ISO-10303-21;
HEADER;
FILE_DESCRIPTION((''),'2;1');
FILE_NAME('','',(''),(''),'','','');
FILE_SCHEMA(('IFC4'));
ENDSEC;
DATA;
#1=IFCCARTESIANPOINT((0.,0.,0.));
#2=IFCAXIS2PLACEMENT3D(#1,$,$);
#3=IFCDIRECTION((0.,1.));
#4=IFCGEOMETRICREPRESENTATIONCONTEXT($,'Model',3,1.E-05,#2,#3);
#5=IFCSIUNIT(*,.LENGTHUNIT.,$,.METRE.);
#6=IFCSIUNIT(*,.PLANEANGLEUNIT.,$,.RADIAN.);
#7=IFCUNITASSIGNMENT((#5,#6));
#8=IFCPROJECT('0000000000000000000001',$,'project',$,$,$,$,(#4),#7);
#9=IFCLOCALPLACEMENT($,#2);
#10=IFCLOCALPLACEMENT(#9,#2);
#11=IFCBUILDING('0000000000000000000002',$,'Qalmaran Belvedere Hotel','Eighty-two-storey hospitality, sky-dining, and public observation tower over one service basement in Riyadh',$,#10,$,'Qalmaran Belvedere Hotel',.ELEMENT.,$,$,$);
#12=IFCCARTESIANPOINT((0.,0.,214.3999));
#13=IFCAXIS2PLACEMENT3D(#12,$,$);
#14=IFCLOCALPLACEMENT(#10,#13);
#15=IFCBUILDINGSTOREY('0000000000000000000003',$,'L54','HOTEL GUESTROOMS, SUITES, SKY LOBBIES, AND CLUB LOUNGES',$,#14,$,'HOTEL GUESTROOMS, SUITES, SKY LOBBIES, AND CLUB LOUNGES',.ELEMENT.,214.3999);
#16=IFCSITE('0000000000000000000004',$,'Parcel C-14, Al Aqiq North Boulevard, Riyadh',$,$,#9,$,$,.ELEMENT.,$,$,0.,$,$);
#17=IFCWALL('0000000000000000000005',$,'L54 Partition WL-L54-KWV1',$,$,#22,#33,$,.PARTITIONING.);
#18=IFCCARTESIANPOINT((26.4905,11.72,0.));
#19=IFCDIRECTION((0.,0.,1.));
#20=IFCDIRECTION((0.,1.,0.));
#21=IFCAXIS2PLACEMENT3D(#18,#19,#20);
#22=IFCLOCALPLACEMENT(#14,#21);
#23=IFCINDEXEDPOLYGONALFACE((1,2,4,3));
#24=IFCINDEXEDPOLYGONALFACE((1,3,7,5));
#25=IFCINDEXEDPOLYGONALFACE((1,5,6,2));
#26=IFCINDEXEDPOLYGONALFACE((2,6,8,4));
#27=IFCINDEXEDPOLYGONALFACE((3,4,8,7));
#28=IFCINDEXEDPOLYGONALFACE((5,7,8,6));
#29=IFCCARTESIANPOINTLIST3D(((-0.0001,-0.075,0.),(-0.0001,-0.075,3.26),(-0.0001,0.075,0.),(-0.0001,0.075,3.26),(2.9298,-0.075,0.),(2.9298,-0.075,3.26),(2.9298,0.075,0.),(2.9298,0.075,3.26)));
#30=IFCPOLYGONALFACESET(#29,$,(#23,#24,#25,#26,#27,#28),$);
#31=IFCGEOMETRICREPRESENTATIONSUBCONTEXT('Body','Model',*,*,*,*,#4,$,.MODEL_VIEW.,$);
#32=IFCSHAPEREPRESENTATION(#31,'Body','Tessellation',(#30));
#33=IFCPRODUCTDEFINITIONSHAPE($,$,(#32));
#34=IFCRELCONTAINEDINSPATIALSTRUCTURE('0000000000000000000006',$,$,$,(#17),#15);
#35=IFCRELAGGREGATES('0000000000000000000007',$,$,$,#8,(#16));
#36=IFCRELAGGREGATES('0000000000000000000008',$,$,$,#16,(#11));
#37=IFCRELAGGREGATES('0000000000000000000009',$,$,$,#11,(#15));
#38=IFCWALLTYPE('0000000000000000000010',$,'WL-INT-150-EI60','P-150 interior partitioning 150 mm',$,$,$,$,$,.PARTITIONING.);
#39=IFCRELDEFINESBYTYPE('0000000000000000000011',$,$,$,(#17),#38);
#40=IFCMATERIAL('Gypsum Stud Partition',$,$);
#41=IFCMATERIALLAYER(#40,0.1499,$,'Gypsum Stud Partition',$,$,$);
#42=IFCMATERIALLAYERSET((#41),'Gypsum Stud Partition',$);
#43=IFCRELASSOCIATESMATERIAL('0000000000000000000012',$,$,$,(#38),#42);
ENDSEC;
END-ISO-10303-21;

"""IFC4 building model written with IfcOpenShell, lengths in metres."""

from ifc_helpers import new_model, si_unit, direction, frame, frame_2d, origin, place, context, subcontext, project, spatial, rectangle, extrude, material, layer, layer_set, type_object, element, save


model = new_model("IFC4")

# Units and contexts
model_context = context("Model", 3, precision=1e-05, world=origin(), true_north=direction((0.0, 1.0)))
body_context = subcontext(model_context, "Body", "Model", "MODEL_VIEW")
ifc_project = project(units=[si_unit("LENGTHUNIT", "METRE"), si_unit("PLANEANGLEUNIT", "RADIAN")], contexts=[model_context])

# Site, building, storey
site_placement = place(None, origin())
site = spatial("IfcSite", under=ifc_project, at=site_placement, Name="Parcel C-14, Al Aqiq North Boulevard, Riyadh", CompositionType="ELEMENT", RefElevation=0.0)
building_placement = place(site_placement, origin())
building = spatial("IfcBuilding", under=site, at=building_placement, Name="Qalmaran Belvedere Hotel", Description="Eighty-two-storey hospitality, sky-dining, and public observation tower over one service basement in Riyadh", LongName="Qalmaran Belvedere Hotel", CompositionType="ELEMENT")
storey_placement = place(building_placement, frame((0.0, 0.0, 214.3999)))
storey = spatial("IfcBuildingStorey", under=building, at=storey_placement, Name="L54", Description="HOTEL GUESTROOMS, SUITES, SKY LOBBIES, AND CLUB LOUNGES", LongName="HOTEL GUESTROOMS, SUITES, SKY LOBBIES, AND CLUB LOUNGES", CompositionType="ELEMENT", Elevation=214.3999)

# Shared definitions
ifc_material_1 = material(Name="Gypsum Stud Partition")

# Wall
ifc_layer_1 = layer(ifc_material_1, 0.1499, Name="Gypsum Stud Partition")
ifc_layer_set_1 = layer_set([ifc_layer_1], Name="Gypsum Stud Partition")
wall_type_1 = type_object("IfcWallType", Name="WL-INT-150-EI60", Description="P-150 interior partitioning 150 mm", PredefinedType="PARTITIONING", material=ifc_layer_set_1)
wall_1_placement = place(storey_placement, frame((26.4905, 11.72, 0.0), z_axis=(0.0, 0.0, 1.0), x_axis=(0.0, 1.0, 0.0)))
element("IfcWall", 1, at=wall_1_placement, inside=storey, type_object=wall_type_1, Name="L54 Partition WL-L54-KWV1", PredefinedType="PARTITIONING", context=body_context, shape_type="SweptSolid", body=[
    extrude(rectangle(XDim=2.9299, YDim=0.1499, at=frame_2d((1.4648, 0.0))), origin(), (0.0, 0.0, 1.0), 3.26),
])

save(model, "model.ifc")
